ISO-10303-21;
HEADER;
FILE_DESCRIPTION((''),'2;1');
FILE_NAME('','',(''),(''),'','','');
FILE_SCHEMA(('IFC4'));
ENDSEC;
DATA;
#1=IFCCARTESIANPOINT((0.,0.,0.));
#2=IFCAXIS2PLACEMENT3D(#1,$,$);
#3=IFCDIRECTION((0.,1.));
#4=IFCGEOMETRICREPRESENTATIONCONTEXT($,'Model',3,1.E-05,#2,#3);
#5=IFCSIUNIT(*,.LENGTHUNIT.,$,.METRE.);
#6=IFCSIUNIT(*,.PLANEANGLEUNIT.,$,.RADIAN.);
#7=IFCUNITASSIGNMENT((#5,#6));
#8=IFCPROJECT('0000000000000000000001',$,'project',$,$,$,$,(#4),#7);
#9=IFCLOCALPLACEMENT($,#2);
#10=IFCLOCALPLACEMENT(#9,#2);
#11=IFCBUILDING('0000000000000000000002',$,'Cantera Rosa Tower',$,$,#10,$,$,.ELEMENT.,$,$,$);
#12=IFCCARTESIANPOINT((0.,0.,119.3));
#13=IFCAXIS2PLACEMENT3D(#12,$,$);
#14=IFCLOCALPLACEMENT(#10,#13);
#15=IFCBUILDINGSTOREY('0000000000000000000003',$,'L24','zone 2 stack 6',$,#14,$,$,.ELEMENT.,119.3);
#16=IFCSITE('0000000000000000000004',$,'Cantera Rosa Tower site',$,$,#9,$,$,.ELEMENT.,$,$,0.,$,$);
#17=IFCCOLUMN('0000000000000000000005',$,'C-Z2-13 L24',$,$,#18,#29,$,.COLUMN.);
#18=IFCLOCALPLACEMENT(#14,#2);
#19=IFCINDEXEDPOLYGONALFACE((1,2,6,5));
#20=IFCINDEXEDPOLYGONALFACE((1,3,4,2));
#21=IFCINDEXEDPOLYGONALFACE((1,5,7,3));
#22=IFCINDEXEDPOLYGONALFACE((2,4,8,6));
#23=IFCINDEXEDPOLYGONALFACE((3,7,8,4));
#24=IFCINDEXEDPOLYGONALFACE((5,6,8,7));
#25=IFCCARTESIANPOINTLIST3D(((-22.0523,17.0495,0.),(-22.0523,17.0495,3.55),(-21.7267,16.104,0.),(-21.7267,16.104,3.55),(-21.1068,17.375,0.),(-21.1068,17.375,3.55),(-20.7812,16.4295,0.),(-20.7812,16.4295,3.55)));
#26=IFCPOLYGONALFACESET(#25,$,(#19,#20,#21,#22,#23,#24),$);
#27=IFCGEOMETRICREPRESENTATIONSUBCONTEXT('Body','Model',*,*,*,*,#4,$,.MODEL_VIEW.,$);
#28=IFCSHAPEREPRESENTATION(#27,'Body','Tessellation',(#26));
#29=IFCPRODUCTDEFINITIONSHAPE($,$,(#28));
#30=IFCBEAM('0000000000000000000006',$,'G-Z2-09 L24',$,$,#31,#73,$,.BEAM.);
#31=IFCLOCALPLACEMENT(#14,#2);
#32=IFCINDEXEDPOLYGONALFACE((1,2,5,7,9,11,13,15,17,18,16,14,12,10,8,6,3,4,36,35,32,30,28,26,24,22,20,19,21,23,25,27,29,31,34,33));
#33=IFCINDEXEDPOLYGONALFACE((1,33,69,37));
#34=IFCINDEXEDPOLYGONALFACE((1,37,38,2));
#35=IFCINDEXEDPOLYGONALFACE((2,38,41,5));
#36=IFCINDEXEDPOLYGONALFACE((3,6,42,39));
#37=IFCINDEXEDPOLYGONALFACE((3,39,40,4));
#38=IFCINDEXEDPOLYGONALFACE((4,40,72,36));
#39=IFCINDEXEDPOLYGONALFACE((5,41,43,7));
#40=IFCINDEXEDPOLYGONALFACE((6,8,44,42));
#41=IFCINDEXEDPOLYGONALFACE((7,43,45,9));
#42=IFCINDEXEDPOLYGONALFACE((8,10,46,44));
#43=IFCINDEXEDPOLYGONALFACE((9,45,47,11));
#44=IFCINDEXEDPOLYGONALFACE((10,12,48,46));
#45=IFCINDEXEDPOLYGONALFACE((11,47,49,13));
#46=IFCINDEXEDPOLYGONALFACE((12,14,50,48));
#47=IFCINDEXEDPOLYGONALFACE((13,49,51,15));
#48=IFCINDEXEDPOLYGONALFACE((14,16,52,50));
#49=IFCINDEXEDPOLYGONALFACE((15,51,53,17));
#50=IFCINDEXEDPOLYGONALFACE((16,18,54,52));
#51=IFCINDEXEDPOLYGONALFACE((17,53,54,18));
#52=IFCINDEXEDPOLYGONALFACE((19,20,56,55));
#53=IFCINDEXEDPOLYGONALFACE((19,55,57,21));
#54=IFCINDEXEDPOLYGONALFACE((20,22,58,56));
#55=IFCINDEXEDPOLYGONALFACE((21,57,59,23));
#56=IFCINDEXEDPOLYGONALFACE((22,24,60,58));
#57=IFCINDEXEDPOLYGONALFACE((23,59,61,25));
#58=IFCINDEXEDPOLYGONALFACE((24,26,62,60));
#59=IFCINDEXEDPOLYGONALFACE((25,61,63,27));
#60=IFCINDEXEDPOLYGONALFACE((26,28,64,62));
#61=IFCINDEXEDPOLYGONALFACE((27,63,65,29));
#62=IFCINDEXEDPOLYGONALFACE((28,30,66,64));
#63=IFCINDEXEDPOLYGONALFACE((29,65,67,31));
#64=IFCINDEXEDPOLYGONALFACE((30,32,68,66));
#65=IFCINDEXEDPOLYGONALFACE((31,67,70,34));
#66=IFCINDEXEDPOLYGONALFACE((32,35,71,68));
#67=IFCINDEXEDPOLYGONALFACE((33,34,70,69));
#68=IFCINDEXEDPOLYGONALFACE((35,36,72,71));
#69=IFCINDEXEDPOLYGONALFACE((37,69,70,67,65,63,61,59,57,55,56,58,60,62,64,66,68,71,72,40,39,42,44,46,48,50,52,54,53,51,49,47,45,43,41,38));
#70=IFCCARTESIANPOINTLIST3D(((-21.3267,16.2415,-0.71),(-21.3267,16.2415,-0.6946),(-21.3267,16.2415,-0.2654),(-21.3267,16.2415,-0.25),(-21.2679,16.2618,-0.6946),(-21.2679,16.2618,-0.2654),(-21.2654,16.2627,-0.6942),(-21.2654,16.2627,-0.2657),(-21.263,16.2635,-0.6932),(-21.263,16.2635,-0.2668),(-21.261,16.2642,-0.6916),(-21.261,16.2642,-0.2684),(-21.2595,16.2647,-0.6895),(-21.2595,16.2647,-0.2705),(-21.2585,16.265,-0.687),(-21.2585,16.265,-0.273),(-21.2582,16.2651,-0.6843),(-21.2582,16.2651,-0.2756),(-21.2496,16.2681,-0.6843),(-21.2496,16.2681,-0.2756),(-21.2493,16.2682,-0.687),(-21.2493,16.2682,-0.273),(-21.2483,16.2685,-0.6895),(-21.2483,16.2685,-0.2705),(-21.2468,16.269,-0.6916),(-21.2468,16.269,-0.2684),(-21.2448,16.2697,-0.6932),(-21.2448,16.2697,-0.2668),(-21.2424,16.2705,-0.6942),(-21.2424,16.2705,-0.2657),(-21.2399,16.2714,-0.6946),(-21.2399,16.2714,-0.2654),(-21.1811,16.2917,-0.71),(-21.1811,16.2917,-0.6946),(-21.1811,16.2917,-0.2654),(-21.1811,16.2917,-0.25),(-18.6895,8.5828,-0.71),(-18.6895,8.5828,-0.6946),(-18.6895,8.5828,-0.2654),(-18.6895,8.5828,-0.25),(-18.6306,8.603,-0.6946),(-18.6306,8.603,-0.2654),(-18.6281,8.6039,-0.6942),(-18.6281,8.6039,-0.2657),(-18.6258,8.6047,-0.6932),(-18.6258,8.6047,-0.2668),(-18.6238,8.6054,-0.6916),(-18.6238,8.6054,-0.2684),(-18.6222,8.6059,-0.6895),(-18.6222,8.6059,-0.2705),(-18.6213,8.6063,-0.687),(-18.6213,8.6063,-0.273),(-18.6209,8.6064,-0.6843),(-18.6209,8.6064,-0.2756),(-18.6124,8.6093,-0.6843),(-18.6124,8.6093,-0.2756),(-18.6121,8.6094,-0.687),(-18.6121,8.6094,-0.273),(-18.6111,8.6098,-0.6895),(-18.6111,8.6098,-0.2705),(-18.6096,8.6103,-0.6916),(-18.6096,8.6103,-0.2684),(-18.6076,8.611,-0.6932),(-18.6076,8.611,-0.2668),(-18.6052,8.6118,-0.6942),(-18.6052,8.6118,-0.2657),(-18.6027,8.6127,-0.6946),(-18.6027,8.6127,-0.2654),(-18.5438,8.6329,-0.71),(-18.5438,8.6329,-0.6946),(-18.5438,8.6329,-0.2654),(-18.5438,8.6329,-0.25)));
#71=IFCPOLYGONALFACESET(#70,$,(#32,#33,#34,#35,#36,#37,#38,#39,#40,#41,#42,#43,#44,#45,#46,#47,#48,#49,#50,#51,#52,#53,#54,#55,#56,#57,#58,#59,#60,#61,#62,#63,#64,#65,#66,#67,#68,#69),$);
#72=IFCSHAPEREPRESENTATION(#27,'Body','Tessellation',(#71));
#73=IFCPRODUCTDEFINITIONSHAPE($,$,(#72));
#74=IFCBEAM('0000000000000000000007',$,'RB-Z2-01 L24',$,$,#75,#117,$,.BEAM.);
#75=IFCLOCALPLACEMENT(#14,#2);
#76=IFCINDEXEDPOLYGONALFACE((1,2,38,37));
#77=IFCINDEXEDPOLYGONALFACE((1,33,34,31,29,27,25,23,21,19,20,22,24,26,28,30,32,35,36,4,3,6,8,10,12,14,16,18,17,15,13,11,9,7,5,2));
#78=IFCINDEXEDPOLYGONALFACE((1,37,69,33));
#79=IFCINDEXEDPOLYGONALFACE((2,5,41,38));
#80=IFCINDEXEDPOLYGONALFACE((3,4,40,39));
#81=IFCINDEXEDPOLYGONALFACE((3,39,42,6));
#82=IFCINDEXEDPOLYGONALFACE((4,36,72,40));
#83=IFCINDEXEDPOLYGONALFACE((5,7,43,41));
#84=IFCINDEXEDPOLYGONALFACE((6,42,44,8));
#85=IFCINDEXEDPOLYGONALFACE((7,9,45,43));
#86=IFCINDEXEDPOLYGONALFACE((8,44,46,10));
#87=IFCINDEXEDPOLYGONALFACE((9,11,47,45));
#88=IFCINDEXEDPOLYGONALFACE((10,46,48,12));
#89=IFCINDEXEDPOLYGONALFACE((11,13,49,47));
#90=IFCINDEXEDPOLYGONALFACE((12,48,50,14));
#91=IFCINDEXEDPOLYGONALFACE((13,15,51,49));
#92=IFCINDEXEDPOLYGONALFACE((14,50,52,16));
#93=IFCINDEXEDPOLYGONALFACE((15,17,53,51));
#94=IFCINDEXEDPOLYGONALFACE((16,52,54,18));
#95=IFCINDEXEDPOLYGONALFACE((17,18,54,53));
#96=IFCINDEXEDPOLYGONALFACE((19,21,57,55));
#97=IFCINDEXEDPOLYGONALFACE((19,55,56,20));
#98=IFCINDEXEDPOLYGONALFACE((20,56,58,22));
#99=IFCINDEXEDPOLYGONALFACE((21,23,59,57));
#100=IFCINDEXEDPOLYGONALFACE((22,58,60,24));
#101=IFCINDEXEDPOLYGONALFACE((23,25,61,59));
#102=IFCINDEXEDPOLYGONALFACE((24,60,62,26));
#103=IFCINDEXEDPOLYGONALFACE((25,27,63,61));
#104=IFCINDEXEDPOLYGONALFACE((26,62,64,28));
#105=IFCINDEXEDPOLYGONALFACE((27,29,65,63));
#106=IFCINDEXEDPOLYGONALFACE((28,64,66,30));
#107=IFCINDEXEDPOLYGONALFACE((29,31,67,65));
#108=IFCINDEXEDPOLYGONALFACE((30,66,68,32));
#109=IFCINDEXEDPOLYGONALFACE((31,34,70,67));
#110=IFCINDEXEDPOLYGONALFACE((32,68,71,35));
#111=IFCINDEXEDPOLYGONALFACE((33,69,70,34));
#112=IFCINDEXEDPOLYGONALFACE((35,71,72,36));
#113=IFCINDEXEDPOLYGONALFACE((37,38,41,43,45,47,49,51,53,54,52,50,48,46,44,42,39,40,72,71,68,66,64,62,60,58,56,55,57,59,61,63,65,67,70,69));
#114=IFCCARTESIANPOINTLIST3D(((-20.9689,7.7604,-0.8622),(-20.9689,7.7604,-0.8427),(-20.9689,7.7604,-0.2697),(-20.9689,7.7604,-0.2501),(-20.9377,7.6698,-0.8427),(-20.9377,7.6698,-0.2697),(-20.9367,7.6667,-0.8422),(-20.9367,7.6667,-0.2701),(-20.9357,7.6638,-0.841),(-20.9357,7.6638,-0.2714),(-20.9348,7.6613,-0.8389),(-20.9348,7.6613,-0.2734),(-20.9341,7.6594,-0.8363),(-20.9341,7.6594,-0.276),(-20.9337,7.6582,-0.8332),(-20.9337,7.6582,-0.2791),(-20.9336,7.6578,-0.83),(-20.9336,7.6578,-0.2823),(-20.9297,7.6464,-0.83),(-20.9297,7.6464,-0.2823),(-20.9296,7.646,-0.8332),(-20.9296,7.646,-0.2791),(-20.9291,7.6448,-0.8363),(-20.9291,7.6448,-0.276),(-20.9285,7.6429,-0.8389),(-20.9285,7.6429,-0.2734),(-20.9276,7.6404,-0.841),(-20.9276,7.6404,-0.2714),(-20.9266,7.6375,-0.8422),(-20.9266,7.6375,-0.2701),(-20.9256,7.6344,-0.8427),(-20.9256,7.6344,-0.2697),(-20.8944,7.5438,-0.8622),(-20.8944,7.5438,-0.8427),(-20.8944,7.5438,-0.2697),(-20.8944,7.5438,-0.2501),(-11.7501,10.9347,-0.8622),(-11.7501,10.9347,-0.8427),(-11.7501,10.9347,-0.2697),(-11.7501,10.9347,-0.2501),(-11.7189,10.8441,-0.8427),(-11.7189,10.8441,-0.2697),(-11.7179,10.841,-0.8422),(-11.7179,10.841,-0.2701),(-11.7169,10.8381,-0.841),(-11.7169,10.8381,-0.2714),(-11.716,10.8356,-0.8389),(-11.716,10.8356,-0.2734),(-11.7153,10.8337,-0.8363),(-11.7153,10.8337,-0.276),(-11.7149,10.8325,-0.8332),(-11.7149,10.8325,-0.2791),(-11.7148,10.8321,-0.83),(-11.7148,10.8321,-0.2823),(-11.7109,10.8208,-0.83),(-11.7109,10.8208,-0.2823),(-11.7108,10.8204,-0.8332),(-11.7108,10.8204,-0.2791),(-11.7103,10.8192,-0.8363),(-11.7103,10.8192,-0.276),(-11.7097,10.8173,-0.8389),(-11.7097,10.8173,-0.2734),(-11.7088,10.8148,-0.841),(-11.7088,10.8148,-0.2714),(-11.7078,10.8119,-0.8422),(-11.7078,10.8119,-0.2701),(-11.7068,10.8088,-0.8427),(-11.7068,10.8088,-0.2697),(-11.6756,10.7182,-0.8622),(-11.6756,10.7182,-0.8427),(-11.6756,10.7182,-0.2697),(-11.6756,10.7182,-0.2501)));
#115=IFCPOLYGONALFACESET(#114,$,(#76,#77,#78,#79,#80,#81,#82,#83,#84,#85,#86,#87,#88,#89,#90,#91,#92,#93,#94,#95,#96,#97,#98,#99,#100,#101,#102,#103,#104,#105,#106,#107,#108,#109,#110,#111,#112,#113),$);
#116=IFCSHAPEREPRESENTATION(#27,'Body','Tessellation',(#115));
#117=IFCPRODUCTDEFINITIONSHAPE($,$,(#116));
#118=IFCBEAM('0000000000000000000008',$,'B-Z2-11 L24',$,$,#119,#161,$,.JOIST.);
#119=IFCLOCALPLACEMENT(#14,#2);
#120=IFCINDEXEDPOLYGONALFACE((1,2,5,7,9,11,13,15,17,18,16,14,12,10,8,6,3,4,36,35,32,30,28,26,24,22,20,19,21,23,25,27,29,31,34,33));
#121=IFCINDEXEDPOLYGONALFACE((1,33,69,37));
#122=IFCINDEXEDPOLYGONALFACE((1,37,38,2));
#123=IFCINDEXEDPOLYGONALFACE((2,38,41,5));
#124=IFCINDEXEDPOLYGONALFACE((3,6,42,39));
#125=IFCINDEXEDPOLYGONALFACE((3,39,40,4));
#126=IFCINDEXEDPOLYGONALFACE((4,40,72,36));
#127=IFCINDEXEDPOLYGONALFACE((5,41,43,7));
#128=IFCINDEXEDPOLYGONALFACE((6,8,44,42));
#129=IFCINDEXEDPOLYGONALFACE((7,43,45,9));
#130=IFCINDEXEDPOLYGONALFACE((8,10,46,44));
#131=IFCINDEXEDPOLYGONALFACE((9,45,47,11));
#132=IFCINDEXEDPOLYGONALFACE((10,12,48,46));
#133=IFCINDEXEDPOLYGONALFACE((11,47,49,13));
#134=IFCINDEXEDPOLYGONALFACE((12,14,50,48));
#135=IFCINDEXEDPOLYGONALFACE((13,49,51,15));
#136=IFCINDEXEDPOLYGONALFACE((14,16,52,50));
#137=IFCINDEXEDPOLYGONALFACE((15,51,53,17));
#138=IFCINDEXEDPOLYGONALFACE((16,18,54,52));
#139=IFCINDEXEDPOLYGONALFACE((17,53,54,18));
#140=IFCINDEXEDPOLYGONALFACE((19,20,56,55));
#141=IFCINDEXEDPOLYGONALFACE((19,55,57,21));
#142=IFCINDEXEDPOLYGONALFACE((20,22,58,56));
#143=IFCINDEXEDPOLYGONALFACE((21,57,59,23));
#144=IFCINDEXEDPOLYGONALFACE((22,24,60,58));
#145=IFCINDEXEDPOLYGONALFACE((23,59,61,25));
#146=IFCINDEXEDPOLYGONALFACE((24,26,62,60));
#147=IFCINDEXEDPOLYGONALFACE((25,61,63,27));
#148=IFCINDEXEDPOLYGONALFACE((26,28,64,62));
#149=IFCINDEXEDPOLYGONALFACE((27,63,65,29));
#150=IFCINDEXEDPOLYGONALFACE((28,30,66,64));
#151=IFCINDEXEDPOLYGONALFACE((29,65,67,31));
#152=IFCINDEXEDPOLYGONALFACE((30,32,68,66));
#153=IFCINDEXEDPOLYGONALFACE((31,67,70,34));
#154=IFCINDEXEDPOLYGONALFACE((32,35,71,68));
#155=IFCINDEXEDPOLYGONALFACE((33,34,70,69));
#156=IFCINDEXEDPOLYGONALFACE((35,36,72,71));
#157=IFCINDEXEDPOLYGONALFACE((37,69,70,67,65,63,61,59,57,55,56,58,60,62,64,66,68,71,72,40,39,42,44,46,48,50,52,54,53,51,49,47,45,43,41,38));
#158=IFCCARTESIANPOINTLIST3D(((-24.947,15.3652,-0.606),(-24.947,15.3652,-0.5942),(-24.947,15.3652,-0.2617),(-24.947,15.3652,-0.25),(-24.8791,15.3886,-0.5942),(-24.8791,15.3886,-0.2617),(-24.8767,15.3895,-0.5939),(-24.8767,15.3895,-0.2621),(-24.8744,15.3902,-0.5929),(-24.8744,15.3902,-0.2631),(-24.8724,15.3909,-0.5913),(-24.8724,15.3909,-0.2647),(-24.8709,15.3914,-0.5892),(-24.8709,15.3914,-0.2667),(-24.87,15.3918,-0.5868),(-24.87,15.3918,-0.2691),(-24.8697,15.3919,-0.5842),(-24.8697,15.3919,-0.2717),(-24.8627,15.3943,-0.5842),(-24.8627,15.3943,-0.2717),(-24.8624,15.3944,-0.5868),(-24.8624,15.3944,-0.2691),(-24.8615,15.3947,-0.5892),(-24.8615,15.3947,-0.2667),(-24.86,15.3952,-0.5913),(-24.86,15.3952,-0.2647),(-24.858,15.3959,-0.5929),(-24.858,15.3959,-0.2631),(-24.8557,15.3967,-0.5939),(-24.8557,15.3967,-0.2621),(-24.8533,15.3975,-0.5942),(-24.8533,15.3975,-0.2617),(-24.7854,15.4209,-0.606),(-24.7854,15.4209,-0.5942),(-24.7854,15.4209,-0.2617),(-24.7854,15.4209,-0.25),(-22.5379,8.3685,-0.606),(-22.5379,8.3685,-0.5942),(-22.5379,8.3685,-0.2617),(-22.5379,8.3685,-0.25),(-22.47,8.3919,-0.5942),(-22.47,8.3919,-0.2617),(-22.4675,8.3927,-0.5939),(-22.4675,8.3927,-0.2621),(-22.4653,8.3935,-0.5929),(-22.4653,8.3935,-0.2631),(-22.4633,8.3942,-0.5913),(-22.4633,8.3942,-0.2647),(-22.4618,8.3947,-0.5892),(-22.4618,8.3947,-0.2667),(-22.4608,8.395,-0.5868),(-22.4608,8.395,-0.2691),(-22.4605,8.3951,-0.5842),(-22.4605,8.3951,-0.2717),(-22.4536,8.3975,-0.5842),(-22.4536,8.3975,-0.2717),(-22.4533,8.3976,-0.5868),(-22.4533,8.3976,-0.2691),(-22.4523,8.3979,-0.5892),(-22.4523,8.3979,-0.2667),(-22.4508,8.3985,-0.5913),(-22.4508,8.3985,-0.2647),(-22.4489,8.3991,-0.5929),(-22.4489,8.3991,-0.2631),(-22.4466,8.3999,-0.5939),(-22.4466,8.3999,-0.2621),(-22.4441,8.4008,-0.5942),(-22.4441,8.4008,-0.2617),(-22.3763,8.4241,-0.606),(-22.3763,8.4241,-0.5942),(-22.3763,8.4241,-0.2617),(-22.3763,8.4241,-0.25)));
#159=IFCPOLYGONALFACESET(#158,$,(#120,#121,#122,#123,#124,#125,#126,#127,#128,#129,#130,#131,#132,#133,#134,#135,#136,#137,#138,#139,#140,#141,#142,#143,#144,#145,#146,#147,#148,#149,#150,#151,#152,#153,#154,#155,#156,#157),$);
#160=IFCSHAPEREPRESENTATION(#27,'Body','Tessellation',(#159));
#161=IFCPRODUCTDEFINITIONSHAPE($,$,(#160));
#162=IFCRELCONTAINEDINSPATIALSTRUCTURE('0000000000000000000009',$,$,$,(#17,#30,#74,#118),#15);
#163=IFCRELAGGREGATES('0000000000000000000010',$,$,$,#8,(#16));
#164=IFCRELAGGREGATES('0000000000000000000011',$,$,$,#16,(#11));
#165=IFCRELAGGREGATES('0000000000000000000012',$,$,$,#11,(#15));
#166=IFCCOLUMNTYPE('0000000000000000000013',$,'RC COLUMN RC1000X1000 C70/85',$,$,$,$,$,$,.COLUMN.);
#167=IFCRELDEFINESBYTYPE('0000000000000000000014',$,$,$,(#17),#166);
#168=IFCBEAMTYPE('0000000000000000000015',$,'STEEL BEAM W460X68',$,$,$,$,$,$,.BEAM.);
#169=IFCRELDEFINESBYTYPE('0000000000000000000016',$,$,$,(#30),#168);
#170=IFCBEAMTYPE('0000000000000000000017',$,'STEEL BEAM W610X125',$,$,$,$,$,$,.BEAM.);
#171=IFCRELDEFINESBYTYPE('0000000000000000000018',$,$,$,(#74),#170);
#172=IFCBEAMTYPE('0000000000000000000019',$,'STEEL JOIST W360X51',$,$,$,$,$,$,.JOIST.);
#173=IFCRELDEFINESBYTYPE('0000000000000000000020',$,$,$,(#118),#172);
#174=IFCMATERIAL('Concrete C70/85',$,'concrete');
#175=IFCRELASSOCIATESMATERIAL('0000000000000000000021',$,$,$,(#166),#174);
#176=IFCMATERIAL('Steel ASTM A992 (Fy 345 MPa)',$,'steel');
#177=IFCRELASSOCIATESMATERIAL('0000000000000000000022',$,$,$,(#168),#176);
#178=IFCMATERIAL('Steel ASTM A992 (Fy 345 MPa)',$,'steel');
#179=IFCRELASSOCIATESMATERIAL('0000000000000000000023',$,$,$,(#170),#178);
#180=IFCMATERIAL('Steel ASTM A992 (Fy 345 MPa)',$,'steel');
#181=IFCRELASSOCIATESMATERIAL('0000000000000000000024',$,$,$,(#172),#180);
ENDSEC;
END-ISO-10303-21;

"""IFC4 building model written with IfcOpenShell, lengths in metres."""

from ifc_helpers import new_model, si_unit, direction, frame, origin, origin_2d, place, context, subcontext, project, spatial, rectangle, i_section, extrude, material, material_profile, profile_set, type_object, element, save


model = new_model("IFC4")

# Units and contexts
model_context = context("Model", 3, precision=1e-05, world=origin(), true_north=direction((0.0, 1.0)))
body_context = subcontext(model_context, "Body", "Model", "MODEL_VIEW")
ifc_project = project(units=[si_unit("LENGTHUNIT", "METRE"), si_unit("PLANEANGLEUNIT", "RADIAN")], contexts=[model_context])

# Site, building, storey
site_placement = place(None, origin())
site = spatial("IfcSite", under=ifc_project, at=site_placement, Name="Cantera Rosa Tower site", CompositionType="ELEMENT", RefElevation=0.0)
building_placement = place(site_placement, origin())
building = spatial("IfcBuilding", under=site, at=building_placement, Name="Cantera Rosa Tower", CompositionType="ELEMENT")
storey_placement = place(building_placement, frame((0.0, 0.0, 119.3)))
storey = spatial("IfcBuildingStorey", under=building, at=storey_placement, Name="L24", Description="zone 2 stack 6", CompositionType="ELEMENT", Elevation=119.3)

# Column
ifc_material_1 = material(Name="Concrete C70/85", Category="concrete")
ifc_material_profile_1 = material_profile(ifc_material_1, rectangle(XDim=1.0, YDim=1.0, at=origin_2d()), Name="RC COLUMN RC1000X1000 C70/85")
ifc_profile_set_1 = profile_set([ifc_material_profile_1], Name="Concrete C70/85")
column_type = type_object("IfcColumnType", Name="RC COLUMN RC1000X1000 C70/85", PredefinedType="COLUMN", material=ifc_profile_set_1)
column_placement = place(storey_placement, frame((-21.4167, 16.7395, 0.0), z_axis=(0.0, 0.0, 1.0), x_axis=(0.945519, 0.325568, 0.0)))
element("IfcColumn", 1, at=column_placement, inside=storey, type_object=column_type, Name="C-Z2-13 L24", PredefinedType="COLUMN", context=body_context, shape_type="SweptSolid", body=[
    extrude(rectangle(XDim=1.0, YDim=1.0, at=origin_2d()), origin(), (0.0, 0.0, 1.0), 3.55),
])

# Beams
ifc_material_2 = material(Name="Steel ASTM A992 (Fy 345 MPa)", Category="steel")
ifc_material_profile_2 = material_profile(ifc_material_2, i_section(OverallWidth=0.1541, OverallDepth=0.46, WebThickness=0.009, FlangeThickness=0.0154, FilletRadius=0.0103, at=origin_2d()), Name="W460X68")
ifc_profile_set_2 = profile_set([ifc_material_profile_2], Name="Steel ASTM A992 (Fy 345 MPa)")
beam_type_1 = type_object("IfcBeamType", Name="STEEL BEAM W460X68", PredefinedType="BEAM", material=ifc_profile_set_2)
beam_1_placement = place(storey_placement, frame((-21.2539, 16.2666, -0.48), z_axis=(0.32558, -0.945514, 0.0), x_axis=(0.945514, 0.32558, 0.0)))
element("IfcBeam", 2, at=beam_1_placement, inside=storey, type_object=beam_type_1, Name="G-Z2-09 L24", PredefinedType="BEAM", context=body_context, shape_type="SweptSolid", body=[
    extrude(i_section(OverallWidth=0.1541, OverallDepth=0.46, WebThickness=0.009, FlangeThickness=0.0154, FilletRadius=0.0103, at=origin_2d()), origin(), (0.0, 0.0, 1.0), 8.1001),
])
ifc_material_3 = material(Name="Steel ASTM A992 (Fy 345 MPa)", Category="steel")
ifc_material_profile_3 = material_profile(ifc_material_3, i_section(OverallWidth=0.229, OverallDepth=0.6121, WebThickness=0.012, FlangeThickness=0.0195, FilletRadius=0.0127, at=origin_2d()), Name="W610X125")
ifc_profile_set_3 = profile_set([ifc_material_profile_3], Name="Steel ASTM A992 (Fy 345 MPa)")
beam_type_2 = type_object("IfcBeamType", Name="STEEL BEAM W610X125", PredefinedType="BEAM", material=ifc_profile_set_3)
beam_2_placement = place(storey_placement, frame((-20.9316, 7.6521, -0.5562), z_axis=(0.945517, 0.325572, 0.0), x_axis=(-0.325572, 0.945517, 0.0)))
element("IfcBeam", 3, at=beam_2_placement, inside=storey, type_object=beam_type_2, Name="RB-Z2-01 L24", PredefinedType="BEAM", context=body_context, shape_type="SweptSolid", body=[
    extrude(i_section(OverallWidth=0.229, OverallDepth=0.6121, WebThickness=0.012, FlangeThickness=0.0195, FilletRadius=0.0127, at=origin_2d()), origin(), (0.0, 0.0, 1.0), 9.75),
])
ifc_material_4 = material(Name="Steel ASTM A992 (Fy 345 MPa)", Category="steel")
ifc_material_profile_4 = material_profile(ifc_material_4, i_section(OverallWidth=0.1709, OverallDepth=0.356, WebThickness=0.0073, FlangeThickness=0.0117, FilletRadius=0.01, at=origin_2d()), Name="W360X51")
ifc_profile_set_4 = profile_set([ifc_material_profile_4], Name="Steel ASTM A992 (Fy 345 MPa)")
beam_type_3 = type_object("IfcBeamType", Name="STEEL JOIST W360X51", PredefinedType="JOIST", material=ifc_profile_set_4)
beam_3_placement = place(storey_placement, frame((-24.8662, 15.3931, -0.428), z_axis=(0.325566, -0.945519, 0.0), x_axis=(0.945519, 0.325566, 0.0)))
element("IfcBeam", 4, at=beam_3_placement, inside=storey, type_object=beam_type_3, Name="B-Z2-11 L24", PredefinedType="JOIST", context=body_context, shape_type="SweptSolid", body=[
    extrude(i_section(OverallWidth=0.1709, OverallDepth=0.356, WebThickness=0.0073, FlangeThickness=0.0117, FilletRadius=0.01, at=origin_2d()), origin(), (0.0, 0.0, 1.0), 7.3999),
])

save(model, "model.ifc")
